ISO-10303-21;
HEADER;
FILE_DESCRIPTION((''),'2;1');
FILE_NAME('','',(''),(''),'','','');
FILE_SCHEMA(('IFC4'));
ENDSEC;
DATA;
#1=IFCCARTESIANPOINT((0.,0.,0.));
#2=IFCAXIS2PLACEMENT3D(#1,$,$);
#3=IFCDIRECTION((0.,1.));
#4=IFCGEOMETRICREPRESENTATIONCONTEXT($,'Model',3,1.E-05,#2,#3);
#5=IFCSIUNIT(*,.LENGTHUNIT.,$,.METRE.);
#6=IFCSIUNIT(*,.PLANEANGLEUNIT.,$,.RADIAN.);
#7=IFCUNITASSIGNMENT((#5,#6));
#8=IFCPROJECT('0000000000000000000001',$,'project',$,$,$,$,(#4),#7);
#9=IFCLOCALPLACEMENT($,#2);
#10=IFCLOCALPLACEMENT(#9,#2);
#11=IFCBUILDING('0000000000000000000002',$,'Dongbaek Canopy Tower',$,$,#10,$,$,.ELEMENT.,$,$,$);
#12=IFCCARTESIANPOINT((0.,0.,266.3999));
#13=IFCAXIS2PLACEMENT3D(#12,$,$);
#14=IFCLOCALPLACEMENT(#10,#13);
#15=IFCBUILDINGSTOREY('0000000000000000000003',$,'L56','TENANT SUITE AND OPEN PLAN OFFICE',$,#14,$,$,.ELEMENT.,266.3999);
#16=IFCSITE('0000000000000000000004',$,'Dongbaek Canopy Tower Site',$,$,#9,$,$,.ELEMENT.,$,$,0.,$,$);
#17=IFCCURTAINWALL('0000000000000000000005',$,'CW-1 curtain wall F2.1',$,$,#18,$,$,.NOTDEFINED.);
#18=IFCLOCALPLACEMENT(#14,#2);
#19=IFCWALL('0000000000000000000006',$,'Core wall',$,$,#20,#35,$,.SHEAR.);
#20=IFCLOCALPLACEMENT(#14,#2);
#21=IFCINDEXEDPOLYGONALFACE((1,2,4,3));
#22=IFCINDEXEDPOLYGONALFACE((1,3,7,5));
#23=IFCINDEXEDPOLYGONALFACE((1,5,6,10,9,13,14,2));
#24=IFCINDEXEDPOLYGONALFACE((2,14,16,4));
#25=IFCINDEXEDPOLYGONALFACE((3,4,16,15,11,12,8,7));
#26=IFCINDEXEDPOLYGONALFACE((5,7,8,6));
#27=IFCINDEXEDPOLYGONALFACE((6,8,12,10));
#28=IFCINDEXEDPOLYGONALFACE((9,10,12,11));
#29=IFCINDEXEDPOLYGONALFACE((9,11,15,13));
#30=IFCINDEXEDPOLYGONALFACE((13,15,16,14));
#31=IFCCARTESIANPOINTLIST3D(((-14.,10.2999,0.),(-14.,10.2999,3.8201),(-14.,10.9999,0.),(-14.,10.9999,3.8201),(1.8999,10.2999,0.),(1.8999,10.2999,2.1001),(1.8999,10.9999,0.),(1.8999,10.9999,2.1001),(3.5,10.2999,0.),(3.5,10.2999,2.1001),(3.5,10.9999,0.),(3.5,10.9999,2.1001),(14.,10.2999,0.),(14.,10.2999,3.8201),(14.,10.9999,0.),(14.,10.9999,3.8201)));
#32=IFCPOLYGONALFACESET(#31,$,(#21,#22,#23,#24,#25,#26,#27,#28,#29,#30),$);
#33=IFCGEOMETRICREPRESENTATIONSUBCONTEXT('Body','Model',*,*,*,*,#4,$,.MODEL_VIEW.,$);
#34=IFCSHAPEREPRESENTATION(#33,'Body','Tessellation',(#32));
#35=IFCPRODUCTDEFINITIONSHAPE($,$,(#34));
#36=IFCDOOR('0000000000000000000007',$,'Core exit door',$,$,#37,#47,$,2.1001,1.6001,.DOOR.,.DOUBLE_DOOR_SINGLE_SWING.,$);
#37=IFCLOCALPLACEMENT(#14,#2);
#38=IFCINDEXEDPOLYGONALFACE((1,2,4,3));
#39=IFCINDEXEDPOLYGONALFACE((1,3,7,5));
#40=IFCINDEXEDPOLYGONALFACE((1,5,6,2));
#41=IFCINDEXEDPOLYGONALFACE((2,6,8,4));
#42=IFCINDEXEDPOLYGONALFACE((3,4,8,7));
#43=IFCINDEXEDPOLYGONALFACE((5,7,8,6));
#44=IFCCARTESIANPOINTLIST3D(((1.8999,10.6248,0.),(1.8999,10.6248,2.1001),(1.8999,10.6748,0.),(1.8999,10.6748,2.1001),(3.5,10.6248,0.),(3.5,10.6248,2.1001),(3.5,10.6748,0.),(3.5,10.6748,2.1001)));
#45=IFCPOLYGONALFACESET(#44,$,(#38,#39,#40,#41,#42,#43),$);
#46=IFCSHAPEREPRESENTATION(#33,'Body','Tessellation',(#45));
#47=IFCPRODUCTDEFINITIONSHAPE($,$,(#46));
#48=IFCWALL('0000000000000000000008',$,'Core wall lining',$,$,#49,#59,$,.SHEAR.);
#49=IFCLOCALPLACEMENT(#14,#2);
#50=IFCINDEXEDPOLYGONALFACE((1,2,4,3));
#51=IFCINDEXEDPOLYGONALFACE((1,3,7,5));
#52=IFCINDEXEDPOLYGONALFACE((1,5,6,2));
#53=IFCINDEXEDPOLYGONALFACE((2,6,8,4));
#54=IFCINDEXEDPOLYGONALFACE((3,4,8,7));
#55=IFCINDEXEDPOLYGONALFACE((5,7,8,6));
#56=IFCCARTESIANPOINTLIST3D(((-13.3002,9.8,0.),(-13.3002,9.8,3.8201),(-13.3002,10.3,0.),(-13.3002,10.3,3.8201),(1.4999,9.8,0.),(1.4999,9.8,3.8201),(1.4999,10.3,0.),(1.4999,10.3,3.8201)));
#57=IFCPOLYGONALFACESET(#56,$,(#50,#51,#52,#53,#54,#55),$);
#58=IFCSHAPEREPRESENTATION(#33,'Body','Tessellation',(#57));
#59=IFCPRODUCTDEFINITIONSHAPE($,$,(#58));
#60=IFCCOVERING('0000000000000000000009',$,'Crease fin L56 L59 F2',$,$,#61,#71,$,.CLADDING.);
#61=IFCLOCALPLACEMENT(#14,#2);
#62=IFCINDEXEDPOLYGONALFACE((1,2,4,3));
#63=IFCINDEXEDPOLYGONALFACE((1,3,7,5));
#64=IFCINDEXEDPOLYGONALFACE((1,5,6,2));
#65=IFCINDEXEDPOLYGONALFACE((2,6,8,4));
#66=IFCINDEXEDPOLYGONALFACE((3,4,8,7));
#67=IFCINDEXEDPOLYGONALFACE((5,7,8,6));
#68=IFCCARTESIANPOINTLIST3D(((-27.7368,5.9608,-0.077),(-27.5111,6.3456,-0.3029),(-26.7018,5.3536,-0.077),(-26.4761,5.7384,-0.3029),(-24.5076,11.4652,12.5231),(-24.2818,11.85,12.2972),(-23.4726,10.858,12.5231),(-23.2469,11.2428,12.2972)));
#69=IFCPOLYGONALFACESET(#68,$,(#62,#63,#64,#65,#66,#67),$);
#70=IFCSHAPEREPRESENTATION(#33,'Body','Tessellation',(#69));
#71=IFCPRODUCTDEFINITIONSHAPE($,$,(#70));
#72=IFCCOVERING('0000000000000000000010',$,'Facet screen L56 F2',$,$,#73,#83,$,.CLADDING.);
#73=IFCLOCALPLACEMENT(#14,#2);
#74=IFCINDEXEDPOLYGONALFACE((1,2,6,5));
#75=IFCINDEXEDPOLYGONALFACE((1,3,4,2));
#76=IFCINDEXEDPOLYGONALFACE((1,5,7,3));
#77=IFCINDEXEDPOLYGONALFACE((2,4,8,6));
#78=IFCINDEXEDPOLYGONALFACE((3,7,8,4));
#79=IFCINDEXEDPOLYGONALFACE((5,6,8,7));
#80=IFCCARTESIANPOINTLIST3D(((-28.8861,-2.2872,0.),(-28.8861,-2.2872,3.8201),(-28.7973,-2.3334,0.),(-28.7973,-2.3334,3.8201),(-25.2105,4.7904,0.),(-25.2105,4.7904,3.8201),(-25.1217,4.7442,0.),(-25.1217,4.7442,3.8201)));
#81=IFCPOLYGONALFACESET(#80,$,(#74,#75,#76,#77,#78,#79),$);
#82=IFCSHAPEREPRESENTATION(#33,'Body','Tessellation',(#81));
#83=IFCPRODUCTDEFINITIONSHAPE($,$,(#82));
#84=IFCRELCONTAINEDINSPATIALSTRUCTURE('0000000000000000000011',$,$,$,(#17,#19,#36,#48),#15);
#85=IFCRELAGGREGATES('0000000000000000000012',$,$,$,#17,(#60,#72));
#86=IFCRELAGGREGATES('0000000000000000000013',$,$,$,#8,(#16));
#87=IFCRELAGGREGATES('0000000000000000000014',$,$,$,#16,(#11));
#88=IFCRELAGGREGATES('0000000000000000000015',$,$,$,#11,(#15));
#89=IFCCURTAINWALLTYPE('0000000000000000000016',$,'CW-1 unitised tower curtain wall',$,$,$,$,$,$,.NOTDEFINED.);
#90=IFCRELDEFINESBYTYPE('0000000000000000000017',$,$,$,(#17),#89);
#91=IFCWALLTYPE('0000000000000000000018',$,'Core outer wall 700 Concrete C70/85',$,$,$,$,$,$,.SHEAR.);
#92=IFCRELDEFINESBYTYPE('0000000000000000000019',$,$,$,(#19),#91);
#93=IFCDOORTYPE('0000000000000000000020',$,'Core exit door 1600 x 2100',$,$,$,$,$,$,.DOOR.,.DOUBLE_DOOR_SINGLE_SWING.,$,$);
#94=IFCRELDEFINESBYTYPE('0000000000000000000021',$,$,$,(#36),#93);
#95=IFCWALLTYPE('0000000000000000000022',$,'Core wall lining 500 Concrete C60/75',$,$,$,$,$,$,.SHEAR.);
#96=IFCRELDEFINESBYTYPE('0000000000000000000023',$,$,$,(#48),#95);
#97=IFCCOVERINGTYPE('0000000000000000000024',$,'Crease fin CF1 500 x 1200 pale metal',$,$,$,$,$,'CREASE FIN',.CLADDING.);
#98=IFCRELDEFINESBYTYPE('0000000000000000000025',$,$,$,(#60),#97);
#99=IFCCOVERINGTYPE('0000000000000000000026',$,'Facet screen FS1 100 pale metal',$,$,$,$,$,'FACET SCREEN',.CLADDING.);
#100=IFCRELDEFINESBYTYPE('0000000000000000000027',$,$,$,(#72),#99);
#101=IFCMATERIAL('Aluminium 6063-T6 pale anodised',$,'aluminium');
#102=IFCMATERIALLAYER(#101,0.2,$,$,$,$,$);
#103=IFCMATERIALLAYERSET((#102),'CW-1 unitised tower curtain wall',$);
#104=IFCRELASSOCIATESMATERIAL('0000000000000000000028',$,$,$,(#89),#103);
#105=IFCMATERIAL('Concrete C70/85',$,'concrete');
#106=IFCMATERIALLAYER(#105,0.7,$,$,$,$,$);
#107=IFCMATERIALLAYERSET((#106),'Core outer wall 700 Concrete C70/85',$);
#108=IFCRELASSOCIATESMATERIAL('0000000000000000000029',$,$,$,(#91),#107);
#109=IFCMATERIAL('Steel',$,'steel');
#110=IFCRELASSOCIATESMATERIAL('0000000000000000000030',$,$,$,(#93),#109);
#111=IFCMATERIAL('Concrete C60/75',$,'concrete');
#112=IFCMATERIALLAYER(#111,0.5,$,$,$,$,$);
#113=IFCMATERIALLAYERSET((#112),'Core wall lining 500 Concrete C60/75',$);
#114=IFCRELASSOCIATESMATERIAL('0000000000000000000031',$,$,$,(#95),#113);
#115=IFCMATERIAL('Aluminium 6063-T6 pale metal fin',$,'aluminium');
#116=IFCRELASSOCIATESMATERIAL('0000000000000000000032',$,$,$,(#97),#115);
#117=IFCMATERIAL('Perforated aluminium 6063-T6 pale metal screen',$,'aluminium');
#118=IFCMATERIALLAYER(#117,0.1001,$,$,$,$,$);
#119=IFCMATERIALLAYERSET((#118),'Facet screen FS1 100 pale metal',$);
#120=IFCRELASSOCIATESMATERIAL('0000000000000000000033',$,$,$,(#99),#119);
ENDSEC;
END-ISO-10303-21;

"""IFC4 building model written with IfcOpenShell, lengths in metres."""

from ifc_helpers import new_model, si_unit, direction, frame, frame_2d, origin, origin_2d, place, context, subcontext, project, spatial, rectangle, extrude, material, layer, layer_set, material_profile, profile_set, type_object, element, fill, aggregate, save


model = new_model("IFC4")

# Units and contexts
model_context = context("Model", 3, precision=1e-05, world=origin(), true_north=direction((0.0, 1.0)))
body_context = subcontext(model_context, "Body", "Model", "MODEL_VIEW")
ifc_project = project(units=[si_unit("LENGTHUNIT", "METRE"), si_unit("PLANEANGLEUNIT", "RADIAN")], contexts=[model_context])

# Site, building, storey
site_placement = place(None, origin())
site = spatial("IfcSite", under=ifc_project, at=site_placement, Name="Dongbaek Canopy Tower Site", CompositionType="ELEMENT", RefElevation=0.0)
building_placement = place(site_placement, origin())
building = spatial("IfcBuilding", under=site, at=building_placement, Name="Dongbaek Canopy Tower", CompositionType="ELEMENT")
storey_placement = place(building_placement, frame((0.0, 0.0, 266.3999)))
storey = spatial("IfcBuildingStorey", under=building, at=storey_placement, Name="L56", Description="TENANT SUITE AND OPEN PLAN OFFICE", CompositionType="ELEMENT", Elevation=266.3999)

# Curtain wall
ifc_material_1 = material(Name="Aluminium 6063-T6 pale anodised", Category="aluminium")
ifc_layer_1 = layer(ifc_material_1, 0.2)
ifc_layer_set_1 = layer_set([ifc_layer_1], Name="CW-1 unitised tower curtain wall")
curtain_wall_type = type_object("IfcCurtainWallType", Name="CW-1 unitised tower curtain wall", PredefinedType="NOTDEFINED", material=ifc_layer_set_1)
curtain_wall_placement = place(storey_placement, origin())
curtain_wall = element("IfcCurtainWall", 1, at=curtain_wall_placement, inside=storey, type_object=curtain_wall_type, Name="CW-1 curtain wall F2.1", PredefinedType="NOTDEFINED")

# Wall, opening, door
ifc_material_2 = material(Name="Concrete C70/85", Category="concrete")
ifc_layer_2 = layer(ifc_material_2, 0.7)
ifc_layer_set_2 = layer_set([ifc_layer_2], Name="Core outer wall 700 Concrete C70/85")
wall_type_1 = type_object("IfcWallType", Name="Core outer wall 700 Concrete C70/85", PredefinedType="SHEAR", material=ifc_layer_set_2)
wall_1_placement = place(storey_placement, frame((-14.0, 10.6499, 0.0), z_axis=(0.0, 0.0, 1.0), x_axis=(1.0, 0.0, 0.0)))
wall_1 = element("IfcWall", 2, at=wall_1_placement, inside=storey, type_object=wall_type_1, Name="Core wall", PredefinedType="SHEAR", context=body_context, shape_type="SweptSolid", body=[
    extrude(rectangle(XDim=28.0, YDim=0.7, at=frame_2d((14.0, 0.0))), origin(), (0.0, 0.0, 1.0), 3.8201),
])
opening_placement = place(wall_1_placement, frame((15.8999, 0.0, 0.0)))
opening = element("IfcOpeningElement", 3, at=opening_placement, cuts=wall_1, PredefinedType="OPENING", context=body_context, shape_type="SweptSolid", body=[
    extrude(rectangle(XDim=1.6001, YDim=2.1001, at=frame_2d((0.8, 1.05))), frame((0.0, 0.3599, 0.0), z_axis=(0.0, -1.0, 0.0), x_axis=(1.0, 0.0, 0.0)), (0.0, 0.0, 1.0), 0.72),
])
ifc_material_3 = material(Name="Steel", Category="steel")
door_type = type_object("IfcDoorType", Name="Core exit door 1600 x 2100", OperationType="DOUBLE_DOOR_SINGLE_SWING", PredefinedType="DOOR", material=ifc_material_3)
door_placement = place(opening_placement, origin())
door = element("IfcDoor", 4, at=door_placement, inside=storey, type_object=door_type, Name="Core exit door", OperationType="DOUBLE_DOOR_SINGLE_SWING", OverallHeight=2.1001, OverallWidth=1.6001, PredefinedType="DOOR", context=body_context, shape_type="SweptSolid", body=[
    extrude(rectangle(XDim=1.6001, YDim=2.1001, at=frame_2d((0.8, 1.05))), frame((0.0, 0.0249, 0.0), z_axis=(0.0, -1.0, 0.0), x_axis=(1.0, 0.0, 0.0)), (0.0, 0.0, 1.0), 0.05),
])
fill(opening, door)

# Wall
ifc_material_4 = material(Name="Concrete C60/75", Category="concrete")
ifc_layer_3 = layer(ifc_material_4, 0.5)
ifc_layer_set_3 = layer_set([ifc_layer_3], Name="Core wall lining 500 Concrete C60/75")
wall_type_2 = type_object("IfcWallType", Name="Core wall lining 500 Concrete C60/75", PredefinedType="SHEAR", material=ifc_layer_set_3)
wall_2_placement = place(storey_placement, frame((-13.3, 10.05, 0.0), z_axis=(0.0, 0.0, 1.0), x_axis=(1.0, 0.0, 0.0)))
element("IfcWall", 5, at=wall_2_placement, inside=storey, type_object=wall_type_2, Name="Core wall lining", PredefinedType="SHEAR", context=body_context, shape_type="SweptSolid", body=[
    extrude(rectangle(XDim=14.8, YDim=0.5, at=frame_2d((7.3999, 0.0))), origin(), (0.0, 0.0, 1.0), 3.8201),
])

# Coverings
ifc_material_5 = material(Name="Aluminium 6063-T6 pale metal fin", Category="aluminium")
ifc_material_profile_1 = material_profile(ifc_material_5, rectangle(XDim=1.2, YDim=0.5, at=origin_2d()), Name="Crease fin CF1 500 x 1200 pale metal")
ifc_profile_set_1 = profile_set([ifc_material_profile_1], Name="Aluminium 6063-T6 pale metal fin")
covering_type_1 = type_object("IfcCoveringType", Name="Crease fin CF1 500 x 1200 pale metal", ElementType="CREASE FIN", PredefinedType="CLADDING", material=ifc_profile_set_1)
covering_1_placement = place(storey_placement, frame((-27.1064, 5.8496, -0.1899), z_axis=(0.228635, 0.389718, 0.892102), x_axis=(-0.862525, 0.506015, 0.0)))
covering_1 = element("IfcCovering", 6, at=covering_1_placement, type_object=covering_type_1, Name="Crease fin L56 L59 F2", PredefinedType="CLADDING", context=body_context, shape_type="SweptSolid", body=[
    extrude(rectangle(XDim=1.2, YDim=0.5, at=origin_2d()), origin(), (0.0, 0.0, 1.0), 14.124),
])
ifc_material_6 = material(Name="Perforated aluminium 6063-T6 pale metal screen", Category="aluminium")
ifc_layer_4 = layer(ifc_material_6, 0.1001)
ifc_layer_set_4 = layer_set([ifc_layer_4], Name="Facet screen FS1 100 pale metal")
covering_type_2 = type_object("IfcCoveringType", Name="Facet screen FS1 100 pale metal", ElementType="FACET SCREEN", PredefinedType="CLADDING", material=ifc_layer_set_4)
covering_2_placement = place(storey_placement, frame((-27.0039, 1.2285, 0.0), z_axis=(0.0, 0.0, 1.0), x_axis=(-0.46088, -0.887463, 0.0)))
covering_2 = element("IfcCovering", 7, at=covering_2_placement, type_object=covering_type_2, Name="Facet screen L56 F2", PredefinedType="CLADDING", context=body_context, shape_type="SweptSolid", body=[
    extrude(rectangle(XDim=7.9751, YDim=0.1001, at=origin_2d()), origin(), (0.0, 0.0, 1.0), 3.8201),
])
aggregate(curtain_wall, [covering_1, covering_2])

save(model, "model.ifc")
